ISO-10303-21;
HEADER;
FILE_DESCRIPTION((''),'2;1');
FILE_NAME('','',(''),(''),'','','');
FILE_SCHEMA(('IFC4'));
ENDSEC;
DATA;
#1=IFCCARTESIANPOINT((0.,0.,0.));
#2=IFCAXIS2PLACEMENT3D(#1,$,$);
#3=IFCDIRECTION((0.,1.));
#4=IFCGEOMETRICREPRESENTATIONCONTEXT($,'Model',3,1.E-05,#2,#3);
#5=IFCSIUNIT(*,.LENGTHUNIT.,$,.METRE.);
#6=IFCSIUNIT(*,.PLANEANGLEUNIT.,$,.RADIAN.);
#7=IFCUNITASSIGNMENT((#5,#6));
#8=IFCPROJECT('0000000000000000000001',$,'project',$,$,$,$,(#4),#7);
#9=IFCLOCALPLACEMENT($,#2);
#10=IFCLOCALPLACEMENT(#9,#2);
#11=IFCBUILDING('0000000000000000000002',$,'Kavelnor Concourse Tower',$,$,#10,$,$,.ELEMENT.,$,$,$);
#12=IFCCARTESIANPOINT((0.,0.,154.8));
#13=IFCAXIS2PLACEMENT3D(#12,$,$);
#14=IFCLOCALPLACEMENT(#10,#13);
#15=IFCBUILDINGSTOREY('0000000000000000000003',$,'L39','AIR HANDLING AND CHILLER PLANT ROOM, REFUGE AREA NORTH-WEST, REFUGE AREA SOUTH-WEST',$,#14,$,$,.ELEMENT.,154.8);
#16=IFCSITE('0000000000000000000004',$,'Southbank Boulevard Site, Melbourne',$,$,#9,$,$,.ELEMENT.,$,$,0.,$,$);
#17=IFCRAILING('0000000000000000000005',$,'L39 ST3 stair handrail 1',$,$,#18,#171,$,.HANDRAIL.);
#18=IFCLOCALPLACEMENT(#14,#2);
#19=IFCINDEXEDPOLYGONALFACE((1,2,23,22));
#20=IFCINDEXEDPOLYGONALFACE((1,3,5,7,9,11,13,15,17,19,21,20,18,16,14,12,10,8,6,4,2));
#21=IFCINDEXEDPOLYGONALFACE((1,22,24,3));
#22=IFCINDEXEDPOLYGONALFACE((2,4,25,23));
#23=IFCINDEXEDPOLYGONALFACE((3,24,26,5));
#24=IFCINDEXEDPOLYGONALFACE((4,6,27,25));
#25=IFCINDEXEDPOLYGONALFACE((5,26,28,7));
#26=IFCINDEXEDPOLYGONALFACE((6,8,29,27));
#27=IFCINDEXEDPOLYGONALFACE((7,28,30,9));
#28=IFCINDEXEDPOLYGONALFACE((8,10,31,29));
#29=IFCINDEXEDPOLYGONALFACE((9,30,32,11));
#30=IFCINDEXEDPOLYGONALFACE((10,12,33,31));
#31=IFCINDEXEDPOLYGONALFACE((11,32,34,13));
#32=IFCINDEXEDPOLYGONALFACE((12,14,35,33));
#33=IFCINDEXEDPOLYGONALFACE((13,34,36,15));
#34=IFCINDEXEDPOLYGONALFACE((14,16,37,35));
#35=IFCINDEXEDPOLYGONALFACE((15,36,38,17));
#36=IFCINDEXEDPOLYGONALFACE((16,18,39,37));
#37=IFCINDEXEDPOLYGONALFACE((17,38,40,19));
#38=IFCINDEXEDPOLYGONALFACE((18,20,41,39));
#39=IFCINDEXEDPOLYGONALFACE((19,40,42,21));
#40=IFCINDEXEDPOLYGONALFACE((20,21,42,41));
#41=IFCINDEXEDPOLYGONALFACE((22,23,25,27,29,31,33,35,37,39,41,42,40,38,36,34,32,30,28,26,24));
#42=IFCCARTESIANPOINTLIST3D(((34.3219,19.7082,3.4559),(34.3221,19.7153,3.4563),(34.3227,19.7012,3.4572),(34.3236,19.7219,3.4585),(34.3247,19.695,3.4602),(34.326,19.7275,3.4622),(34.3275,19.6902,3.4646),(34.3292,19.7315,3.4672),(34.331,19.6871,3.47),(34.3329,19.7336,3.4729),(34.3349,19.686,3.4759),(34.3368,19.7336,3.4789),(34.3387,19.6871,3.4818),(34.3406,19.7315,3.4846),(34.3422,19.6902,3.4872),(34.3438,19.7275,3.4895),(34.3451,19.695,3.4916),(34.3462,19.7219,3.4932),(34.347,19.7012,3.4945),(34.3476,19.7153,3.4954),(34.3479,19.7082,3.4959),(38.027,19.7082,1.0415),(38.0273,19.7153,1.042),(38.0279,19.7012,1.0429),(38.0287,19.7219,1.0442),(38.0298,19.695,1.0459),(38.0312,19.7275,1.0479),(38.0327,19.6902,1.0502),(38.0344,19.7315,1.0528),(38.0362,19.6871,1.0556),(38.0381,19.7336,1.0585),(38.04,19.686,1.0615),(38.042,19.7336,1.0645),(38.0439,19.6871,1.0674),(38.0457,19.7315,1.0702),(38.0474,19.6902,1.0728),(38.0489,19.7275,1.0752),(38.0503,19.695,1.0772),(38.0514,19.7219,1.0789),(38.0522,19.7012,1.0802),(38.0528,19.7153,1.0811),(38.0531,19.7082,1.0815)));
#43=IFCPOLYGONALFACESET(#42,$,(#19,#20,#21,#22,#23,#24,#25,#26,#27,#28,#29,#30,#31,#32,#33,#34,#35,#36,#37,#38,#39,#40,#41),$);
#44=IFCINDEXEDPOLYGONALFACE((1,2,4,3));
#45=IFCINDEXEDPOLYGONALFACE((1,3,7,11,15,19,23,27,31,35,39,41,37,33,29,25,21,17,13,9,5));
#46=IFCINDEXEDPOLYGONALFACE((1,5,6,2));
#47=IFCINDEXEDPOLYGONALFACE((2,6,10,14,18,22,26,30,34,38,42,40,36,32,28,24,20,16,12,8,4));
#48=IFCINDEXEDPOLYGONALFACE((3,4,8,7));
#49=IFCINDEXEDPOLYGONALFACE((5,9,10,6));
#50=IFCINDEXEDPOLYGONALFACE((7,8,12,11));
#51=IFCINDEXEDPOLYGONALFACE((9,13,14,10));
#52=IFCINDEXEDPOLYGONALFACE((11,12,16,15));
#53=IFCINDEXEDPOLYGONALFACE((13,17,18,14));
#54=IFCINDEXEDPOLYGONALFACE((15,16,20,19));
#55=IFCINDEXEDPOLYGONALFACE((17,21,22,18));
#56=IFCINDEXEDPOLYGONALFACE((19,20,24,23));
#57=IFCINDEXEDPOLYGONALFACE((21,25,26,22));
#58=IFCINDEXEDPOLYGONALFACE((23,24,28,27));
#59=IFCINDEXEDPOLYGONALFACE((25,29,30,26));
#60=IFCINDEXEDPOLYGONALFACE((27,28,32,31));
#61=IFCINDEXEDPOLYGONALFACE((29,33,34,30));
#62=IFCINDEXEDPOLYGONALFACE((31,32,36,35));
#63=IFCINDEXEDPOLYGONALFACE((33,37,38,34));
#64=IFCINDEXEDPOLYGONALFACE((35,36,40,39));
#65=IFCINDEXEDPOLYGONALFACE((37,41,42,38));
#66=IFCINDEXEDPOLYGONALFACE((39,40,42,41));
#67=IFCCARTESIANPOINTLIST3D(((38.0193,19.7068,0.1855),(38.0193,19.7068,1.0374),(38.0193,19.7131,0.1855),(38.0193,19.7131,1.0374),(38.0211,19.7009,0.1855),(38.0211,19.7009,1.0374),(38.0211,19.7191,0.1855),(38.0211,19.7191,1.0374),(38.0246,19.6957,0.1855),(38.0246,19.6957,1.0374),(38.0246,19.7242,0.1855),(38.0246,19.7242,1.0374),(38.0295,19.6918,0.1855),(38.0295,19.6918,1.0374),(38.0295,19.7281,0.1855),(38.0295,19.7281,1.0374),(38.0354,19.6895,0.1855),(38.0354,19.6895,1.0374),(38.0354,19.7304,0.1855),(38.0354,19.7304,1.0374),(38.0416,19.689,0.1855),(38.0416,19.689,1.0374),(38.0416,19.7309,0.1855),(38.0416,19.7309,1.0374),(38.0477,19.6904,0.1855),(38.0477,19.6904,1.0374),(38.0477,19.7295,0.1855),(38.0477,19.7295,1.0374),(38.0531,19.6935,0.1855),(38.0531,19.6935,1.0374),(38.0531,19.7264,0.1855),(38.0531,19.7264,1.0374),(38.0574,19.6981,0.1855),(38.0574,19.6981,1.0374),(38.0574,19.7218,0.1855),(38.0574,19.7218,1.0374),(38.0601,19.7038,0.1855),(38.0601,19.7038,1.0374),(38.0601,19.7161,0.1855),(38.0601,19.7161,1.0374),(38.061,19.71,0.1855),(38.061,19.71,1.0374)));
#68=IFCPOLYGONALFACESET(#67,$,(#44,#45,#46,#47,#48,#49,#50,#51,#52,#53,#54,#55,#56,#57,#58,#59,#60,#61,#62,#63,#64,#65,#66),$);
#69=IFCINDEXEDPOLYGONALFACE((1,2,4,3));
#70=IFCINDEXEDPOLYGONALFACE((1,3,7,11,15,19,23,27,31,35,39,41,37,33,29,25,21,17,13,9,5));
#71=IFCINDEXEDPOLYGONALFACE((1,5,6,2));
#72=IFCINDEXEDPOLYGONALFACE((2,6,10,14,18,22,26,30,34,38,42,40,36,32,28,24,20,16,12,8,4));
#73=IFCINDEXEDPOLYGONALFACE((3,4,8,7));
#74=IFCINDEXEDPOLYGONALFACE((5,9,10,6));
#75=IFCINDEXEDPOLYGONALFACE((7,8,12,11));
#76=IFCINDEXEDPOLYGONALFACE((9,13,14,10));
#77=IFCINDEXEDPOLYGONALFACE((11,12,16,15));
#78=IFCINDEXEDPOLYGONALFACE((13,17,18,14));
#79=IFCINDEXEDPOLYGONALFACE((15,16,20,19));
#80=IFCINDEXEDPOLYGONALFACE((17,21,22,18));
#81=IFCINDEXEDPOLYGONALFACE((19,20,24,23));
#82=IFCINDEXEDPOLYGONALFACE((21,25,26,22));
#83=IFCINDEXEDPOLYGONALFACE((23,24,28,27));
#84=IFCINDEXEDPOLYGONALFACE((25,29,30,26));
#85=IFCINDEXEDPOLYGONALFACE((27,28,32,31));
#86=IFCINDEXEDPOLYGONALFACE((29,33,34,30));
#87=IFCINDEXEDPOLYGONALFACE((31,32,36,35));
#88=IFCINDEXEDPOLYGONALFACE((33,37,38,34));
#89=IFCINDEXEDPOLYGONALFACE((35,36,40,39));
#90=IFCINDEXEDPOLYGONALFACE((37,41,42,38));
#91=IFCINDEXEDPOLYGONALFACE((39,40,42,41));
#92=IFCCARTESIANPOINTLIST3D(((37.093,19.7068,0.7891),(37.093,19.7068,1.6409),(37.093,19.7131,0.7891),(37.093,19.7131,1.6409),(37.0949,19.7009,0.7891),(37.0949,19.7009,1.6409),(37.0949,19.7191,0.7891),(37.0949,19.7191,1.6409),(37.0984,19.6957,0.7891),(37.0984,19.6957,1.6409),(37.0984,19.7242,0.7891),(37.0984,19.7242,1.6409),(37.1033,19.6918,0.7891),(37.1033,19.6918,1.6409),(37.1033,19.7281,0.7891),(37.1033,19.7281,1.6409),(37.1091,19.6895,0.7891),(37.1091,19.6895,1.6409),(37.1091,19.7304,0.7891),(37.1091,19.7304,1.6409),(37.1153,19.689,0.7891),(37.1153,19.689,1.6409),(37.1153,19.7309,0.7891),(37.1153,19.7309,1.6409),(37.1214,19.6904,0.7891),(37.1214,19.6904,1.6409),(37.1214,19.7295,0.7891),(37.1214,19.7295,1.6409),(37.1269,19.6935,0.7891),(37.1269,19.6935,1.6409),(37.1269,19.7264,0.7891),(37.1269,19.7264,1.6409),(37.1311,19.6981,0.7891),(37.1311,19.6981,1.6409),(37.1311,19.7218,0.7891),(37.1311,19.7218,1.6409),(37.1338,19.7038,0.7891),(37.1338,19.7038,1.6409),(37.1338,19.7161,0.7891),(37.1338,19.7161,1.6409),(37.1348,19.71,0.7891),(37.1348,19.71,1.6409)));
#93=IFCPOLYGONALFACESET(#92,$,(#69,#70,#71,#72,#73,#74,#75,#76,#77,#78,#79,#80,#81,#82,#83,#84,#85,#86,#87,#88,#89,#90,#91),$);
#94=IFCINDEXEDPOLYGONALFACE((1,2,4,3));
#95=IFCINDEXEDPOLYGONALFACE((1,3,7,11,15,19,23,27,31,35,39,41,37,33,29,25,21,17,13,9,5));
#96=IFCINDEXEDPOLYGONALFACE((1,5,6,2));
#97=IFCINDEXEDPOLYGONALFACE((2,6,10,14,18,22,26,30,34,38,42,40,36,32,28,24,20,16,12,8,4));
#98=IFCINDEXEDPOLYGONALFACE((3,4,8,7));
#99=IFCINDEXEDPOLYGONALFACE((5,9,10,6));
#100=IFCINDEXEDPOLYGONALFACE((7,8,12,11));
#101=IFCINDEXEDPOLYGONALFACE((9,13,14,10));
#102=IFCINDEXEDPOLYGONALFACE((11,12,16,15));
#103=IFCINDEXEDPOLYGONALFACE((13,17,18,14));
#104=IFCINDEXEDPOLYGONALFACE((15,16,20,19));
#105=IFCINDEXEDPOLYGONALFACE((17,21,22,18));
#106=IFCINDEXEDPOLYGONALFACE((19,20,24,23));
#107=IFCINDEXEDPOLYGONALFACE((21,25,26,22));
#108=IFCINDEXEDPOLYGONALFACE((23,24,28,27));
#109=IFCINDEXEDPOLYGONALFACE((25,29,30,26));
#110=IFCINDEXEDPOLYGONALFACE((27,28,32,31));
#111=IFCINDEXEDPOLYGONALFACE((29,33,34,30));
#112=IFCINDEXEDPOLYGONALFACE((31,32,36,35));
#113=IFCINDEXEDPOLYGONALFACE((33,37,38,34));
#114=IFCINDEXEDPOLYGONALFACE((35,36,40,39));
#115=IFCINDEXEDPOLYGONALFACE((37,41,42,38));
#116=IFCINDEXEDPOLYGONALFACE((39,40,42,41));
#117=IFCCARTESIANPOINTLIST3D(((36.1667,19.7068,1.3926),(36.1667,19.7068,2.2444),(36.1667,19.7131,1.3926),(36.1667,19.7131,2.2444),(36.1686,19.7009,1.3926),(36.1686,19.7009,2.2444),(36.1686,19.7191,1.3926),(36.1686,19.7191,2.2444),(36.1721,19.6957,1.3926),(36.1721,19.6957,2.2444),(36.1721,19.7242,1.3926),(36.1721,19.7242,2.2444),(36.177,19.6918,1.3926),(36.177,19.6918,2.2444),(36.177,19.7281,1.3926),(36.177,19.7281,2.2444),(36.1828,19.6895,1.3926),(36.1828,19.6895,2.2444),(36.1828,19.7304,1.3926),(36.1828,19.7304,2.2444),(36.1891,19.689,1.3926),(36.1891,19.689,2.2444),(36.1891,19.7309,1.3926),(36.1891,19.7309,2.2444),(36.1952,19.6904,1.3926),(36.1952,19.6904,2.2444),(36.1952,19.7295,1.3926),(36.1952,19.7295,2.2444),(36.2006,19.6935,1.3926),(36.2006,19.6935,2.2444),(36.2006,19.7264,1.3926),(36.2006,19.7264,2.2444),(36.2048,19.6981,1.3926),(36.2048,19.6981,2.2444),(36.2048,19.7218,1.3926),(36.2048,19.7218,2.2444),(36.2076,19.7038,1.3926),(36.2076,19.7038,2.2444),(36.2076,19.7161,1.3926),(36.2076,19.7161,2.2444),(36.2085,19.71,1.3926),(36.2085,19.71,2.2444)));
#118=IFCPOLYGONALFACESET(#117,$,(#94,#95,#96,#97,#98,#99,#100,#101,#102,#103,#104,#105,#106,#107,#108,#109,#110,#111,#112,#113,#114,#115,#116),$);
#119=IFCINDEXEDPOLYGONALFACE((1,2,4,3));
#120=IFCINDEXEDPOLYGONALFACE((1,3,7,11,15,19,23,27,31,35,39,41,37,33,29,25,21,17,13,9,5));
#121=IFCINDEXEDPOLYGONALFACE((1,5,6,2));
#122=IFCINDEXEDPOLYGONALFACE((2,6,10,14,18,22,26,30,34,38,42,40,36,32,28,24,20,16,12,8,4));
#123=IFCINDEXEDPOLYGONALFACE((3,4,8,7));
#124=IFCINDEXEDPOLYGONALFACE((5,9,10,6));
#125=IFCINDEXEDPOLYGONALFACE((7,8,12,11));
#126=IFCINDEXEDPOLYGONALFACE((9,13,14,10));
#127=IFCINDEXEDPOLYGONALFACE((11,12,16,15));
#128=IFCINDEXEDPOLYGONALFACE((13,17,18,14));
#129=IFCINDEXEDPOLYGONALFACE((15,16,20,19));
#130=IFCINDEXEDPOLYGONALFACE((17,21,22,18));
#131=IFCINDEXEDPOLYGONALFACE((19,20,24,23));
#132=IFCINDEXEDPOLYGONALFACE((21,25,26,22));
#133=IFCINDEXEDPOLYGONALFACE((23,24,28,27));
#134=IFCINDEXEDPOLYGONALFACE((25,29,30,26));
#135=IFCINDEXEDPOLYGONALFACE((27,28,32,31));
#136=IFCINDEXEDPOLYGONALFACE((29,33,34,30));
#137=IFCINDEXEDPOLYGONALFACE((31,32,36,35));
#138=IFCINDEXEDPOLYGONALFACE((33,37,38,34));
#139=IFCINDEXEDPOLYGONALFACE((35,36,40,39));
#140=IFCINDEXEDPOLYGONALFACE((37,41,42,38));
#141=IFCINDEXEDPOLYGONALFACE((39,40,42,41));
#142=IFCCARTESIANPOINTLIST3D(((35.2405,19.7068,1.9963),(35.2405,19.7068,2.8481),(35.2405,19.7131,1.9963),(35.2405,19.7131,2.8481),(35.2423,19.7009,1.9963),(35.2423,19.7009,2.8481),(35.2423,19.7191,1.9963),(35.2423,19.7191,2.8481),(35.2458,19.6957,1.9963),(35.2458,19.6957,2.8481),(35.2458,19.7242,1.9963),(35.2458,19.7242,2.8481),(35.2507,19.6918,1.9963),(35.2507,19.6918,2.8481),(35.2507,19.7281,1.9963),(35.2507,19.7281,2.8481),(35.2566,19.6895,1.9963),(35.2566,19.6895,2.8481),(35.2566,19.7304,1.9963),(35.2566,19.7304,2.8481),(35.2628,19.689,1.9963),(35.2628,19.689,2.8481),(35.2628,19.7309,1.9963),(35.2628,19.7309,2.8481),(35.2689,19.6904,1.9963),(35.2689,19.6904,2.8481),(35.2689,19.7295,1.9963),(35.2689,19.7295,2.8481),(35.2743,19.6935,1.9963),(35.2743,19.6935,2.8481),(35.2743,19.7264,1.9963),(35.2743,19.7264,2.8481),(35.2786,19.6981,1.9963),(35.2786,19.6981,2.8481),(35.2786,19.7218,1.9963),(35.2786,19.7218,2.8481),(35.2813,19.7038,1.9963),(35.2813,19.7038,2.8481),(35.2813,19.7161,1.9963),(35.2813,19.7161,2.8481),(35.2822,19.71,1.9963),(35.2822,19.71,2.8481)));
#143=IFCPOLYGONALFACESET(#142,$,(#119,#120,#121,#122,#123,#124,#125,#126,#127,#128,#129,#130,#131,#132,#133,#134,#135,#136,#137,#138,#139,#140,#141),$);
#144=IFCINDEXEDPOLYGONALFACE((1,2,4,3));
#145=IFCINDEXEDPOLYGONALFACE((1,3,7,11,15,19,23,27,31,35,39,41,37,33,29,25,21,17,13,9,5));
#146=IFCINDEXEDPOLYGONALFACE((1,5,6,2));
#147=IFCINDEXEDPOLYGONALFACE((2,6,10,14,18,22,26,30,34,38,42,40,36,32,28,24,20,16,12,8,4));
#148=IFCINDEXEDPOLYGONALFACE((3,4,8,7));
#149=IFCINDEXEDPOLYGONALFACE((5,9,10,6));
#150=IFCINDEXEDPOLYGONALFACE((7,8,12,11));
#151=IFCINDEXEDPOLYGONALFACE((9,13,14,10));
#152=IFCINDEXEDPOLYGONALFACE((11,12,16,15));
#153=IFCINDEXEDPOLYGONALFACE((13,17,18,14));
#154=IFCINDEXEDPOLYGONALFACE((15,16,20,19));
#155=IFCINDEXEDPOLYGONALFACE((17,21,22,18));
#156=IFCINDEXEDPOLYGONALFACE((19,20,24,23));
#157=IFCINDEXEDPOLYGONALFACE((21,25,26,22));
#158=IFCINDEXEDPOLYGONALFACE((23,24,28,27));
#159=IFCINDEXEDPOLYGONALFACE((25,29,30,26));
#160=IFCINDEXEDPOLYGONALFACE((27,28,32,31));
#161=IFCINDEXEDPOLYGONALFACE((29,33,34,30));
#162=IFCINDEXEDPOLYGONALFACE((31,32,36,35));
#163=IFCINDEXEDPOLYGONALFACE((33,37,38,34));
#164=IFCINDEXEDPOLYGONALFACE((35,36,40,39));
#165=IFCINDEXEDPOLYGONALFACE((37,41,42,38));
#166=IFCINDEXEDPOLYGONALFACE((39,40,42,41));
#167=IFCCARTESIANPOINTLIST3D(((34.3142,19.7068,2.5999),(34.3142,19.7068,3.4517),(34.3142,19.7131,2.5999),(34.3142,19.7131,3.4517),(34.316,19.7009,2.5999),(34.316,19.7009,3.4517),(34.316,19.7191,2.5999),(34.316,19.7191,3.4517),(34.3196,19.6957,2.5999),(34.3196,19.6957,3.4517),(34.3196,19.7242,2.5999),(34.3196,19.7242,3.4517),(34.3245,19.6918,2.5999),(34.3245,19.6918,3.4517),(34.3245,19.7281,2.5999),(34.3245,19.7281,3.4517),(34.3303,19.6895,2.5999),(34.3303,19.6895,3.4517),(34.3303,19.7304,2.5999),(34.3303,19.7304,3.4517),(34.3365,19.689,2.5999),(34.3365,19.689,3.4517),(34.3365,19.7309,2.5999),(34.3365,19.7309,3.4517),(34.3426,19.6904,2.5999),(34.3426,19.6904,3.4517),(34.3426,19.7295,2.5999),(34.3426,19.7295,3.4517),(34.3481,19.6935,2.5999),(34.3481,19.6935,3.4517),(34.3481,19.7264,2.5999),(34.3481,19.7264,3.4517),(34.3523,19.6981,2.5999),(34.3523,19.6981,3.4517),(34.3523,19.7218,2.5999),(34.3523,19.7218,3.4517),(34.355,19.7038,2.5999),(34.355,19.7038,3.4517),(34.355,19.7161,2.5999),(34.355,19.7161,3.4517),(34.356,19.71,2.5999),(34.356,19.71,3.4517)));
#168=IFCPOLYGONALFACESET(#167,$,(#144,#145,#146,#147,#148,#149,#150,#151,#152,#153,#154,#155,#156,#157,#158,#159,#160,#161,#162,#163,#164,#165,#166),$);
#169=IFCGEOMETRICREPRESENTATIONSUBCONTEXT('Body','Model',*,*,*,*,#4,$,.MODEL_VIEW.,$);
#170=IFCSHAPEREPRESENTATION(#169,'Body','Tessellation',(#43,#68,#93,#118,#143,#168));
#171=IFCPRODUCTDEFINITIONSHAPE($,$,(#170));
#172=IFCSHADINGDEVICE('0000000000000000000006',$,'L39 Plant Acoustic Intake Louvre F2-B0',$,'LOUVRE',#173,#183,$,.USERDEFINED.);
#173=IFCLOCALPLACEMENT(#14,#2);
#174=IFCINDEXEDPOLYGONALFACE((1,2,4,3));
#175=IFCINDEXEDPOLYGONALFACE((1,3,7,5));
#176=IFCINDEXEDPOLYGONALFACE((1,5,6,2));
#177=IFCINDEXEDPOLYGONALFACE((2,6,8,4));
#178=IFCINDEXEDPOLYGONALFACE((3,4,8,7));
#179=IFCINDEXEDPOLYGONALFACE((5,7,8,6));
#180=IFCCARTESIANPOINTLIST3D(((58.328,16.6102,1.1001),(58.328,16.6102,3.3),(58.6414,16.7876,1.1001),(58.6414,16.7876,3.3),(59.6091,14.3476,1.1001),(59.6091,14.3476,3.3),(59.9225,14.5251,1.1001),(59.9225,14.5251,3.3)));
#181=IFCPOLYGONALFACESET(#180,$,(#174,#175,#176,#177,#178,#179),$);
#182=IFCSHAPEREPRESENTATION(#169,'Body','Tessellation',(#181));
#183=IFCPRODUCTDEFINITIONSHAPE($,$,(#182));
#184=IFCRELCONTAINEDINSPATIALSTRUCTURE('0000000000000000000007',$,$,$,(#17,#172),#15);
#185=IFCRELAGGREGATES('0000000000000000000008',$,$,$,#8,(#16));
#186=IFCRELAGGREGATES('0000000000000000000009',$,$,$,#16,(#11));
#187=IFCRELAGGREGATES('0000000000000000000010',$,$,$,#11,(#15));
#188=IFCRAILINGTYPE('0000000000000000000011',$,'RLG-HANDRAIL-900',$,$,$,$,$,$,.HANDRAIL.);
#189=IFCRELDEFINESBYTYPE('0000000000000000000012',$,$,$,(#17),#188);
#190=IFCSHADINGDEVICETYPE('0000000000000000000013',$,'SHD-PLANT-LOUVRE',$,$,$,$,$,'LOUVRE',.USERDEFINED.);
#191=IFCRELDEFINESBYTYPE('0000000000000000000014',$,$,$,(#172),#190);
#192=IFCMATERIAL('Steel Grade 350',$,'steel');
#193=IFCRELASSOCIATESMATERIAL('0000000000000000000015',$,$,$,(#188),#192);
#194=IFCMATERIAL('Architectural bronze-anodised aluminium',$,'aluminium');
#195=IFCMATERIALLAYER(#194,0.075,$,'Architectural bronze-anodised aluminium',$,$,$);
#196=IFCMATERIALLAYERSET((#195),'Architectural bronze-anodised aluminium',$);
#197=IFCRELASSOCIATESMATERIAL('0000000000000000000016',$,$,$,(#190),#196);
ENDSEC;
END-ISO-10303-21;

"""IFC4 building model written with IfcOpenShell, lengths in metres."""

from ifc_helpers import new_model, si_unit, direction, frame, origin, origin_2d, place, context, subcontext, project, spatial, rectangle, circle, extrude, material, layer, layer_set, type_object, element, save


model = new_model("IFC4")

# Units and contexts
model_context = context("Model", 3, precision=1e-05, world=origin(), true_north=direction((0.0, 1.0)))
body_context = subcontext(model_context, "Body", "Model", "MODEL_VIEW")
ifc_project = project(units=[si_unit("LENGTHUNIT", "METRE"), si_unit("PLANEANGLEUNIT", "RADIAN")], contexts=[model_context])

# Site, building, storey
site_placement = place(None, origin())
site = spatial("IfcSite", under=ifc_project, at=site_placement, Name="Southbank Boulevard Site, Melbourne", CompositionType="ELEMENT", RefElevation=0.0)
building_placement = place(site_placement, origin())
building = spatial("IfcBuilding", under=site, at=building_placement, Name="Kavelnor Concourse Tower", CompositionType="ELEMENT")
storey_placement = place(building_placement, frame((0.0, 0.0, 154.8)))
storey = spatial("IfcBuildingStorey", under=building, at=storey_placement, Name="L39", Description="AIR HANDLING AND CHILLER PLANT ROOM, REFUGE AREA NORTH-WEST, REFUGE AREA SOUTH-WEST", CompositionType="ELEMENT", Elevation=154.8)

# Shared definitions
ifc_material_1 = material(Name="Steel Grade 350", Category="steel")

# Railing
railing_type_1 = type_object("IfcRailingType", Name="RLG-HANDRAIL-900", PredefinedType="HANDRAIL", material=ifc_material_1)
railing_1_placement = place(storey_placement, frame((38.04, 19.71, 0.1855)))
element("IfcRailing", 1, at=railing_1_placement, inside=storey, type_object=railing_type_1, Name="L39 ST3 stair handrail 1", PredefinedType="HANDRAIL", context=body_context, shape_type="SweptSolid", body=[
    extrude(circle(Radius=0.0239, at=origin_2d()), frame((0.0, 0.0, 0.876), z_axis=(-0.837823, 0.0, 0.545943), x_axis=(0.0, -1.0, 0.0)), (0.0, 0.0, 1.0), 4.4224),
    extrude(circle(Radius=0.021, at=origin_2d()), origin(), (0.0, 0.0, 1.0), 0.8518),
    extrude(circle(Radius=0.021, at=origin_2d()), frame((-0.9263, 0.0, 0.6035)), (0.0, 0.0, 1.0), 0.8518),
    extrude(circle(Radius=0.021, at=origin_2d()), frame((-1.8525, 0.0, 1.207)), (0.0, 0.0, 1.0), 0.8518),
    extrude(circle(Radius=0.021, at=origin_2d()), frame((-2.7788, 0.0, 1.8108)), (0.0, 0.0, 1.0), 0.8518),
    extrude(circle(Radius=0.021, at=origin_2d()), frame((-3.7051, 0.0, 2.4143)), (0.0, 0.0, 1.0), 0.8518),
])

# Shading device
ifc_material_2 = material(Name="Architectural bronze-anodised aluminium", Category="aluminium")
ifc_layer_1 = layer(ifc_material_2, 0.075, Name="Architectural bronze-anodised aluminium")
ifc_layer_set_1 = layer_set([ifc_layer_1], Name="Architectural bronze-anodised aluminium")
shading_device_type = type_object("IfcShadingDeviceType", Name="SHD-PLANT-LOUVRE", ElementType="LOUVRE", PredefinedType="USERDEFINED", material=ifc_layer_set_1)
shading_device_placement = place(storey_placement, frame((59.1252, 15.5676, 1.1001), z_axis=(0.0, 0.0, 1.0), x_axis=(0.492727, -0.870184, 0.0)))
element("IfcShadingDevice", 2, at=shading_device_placement, inside=storey, type_object=shading_device_type, Name="L39 Plant Acoustic Intake Louvre F2-B0", ObjectType="LOUVRE", PredefinedType="USERDEFINED", context=body_context, shape_type="SweptSolid", body=[
    extrude(rectangle(XDim=2.6001, YDim=0.3601, at=origin_2d()), origin(), (0.0, 0.0, 1.0), 2.2),
])

save(model, "model.ifc")
